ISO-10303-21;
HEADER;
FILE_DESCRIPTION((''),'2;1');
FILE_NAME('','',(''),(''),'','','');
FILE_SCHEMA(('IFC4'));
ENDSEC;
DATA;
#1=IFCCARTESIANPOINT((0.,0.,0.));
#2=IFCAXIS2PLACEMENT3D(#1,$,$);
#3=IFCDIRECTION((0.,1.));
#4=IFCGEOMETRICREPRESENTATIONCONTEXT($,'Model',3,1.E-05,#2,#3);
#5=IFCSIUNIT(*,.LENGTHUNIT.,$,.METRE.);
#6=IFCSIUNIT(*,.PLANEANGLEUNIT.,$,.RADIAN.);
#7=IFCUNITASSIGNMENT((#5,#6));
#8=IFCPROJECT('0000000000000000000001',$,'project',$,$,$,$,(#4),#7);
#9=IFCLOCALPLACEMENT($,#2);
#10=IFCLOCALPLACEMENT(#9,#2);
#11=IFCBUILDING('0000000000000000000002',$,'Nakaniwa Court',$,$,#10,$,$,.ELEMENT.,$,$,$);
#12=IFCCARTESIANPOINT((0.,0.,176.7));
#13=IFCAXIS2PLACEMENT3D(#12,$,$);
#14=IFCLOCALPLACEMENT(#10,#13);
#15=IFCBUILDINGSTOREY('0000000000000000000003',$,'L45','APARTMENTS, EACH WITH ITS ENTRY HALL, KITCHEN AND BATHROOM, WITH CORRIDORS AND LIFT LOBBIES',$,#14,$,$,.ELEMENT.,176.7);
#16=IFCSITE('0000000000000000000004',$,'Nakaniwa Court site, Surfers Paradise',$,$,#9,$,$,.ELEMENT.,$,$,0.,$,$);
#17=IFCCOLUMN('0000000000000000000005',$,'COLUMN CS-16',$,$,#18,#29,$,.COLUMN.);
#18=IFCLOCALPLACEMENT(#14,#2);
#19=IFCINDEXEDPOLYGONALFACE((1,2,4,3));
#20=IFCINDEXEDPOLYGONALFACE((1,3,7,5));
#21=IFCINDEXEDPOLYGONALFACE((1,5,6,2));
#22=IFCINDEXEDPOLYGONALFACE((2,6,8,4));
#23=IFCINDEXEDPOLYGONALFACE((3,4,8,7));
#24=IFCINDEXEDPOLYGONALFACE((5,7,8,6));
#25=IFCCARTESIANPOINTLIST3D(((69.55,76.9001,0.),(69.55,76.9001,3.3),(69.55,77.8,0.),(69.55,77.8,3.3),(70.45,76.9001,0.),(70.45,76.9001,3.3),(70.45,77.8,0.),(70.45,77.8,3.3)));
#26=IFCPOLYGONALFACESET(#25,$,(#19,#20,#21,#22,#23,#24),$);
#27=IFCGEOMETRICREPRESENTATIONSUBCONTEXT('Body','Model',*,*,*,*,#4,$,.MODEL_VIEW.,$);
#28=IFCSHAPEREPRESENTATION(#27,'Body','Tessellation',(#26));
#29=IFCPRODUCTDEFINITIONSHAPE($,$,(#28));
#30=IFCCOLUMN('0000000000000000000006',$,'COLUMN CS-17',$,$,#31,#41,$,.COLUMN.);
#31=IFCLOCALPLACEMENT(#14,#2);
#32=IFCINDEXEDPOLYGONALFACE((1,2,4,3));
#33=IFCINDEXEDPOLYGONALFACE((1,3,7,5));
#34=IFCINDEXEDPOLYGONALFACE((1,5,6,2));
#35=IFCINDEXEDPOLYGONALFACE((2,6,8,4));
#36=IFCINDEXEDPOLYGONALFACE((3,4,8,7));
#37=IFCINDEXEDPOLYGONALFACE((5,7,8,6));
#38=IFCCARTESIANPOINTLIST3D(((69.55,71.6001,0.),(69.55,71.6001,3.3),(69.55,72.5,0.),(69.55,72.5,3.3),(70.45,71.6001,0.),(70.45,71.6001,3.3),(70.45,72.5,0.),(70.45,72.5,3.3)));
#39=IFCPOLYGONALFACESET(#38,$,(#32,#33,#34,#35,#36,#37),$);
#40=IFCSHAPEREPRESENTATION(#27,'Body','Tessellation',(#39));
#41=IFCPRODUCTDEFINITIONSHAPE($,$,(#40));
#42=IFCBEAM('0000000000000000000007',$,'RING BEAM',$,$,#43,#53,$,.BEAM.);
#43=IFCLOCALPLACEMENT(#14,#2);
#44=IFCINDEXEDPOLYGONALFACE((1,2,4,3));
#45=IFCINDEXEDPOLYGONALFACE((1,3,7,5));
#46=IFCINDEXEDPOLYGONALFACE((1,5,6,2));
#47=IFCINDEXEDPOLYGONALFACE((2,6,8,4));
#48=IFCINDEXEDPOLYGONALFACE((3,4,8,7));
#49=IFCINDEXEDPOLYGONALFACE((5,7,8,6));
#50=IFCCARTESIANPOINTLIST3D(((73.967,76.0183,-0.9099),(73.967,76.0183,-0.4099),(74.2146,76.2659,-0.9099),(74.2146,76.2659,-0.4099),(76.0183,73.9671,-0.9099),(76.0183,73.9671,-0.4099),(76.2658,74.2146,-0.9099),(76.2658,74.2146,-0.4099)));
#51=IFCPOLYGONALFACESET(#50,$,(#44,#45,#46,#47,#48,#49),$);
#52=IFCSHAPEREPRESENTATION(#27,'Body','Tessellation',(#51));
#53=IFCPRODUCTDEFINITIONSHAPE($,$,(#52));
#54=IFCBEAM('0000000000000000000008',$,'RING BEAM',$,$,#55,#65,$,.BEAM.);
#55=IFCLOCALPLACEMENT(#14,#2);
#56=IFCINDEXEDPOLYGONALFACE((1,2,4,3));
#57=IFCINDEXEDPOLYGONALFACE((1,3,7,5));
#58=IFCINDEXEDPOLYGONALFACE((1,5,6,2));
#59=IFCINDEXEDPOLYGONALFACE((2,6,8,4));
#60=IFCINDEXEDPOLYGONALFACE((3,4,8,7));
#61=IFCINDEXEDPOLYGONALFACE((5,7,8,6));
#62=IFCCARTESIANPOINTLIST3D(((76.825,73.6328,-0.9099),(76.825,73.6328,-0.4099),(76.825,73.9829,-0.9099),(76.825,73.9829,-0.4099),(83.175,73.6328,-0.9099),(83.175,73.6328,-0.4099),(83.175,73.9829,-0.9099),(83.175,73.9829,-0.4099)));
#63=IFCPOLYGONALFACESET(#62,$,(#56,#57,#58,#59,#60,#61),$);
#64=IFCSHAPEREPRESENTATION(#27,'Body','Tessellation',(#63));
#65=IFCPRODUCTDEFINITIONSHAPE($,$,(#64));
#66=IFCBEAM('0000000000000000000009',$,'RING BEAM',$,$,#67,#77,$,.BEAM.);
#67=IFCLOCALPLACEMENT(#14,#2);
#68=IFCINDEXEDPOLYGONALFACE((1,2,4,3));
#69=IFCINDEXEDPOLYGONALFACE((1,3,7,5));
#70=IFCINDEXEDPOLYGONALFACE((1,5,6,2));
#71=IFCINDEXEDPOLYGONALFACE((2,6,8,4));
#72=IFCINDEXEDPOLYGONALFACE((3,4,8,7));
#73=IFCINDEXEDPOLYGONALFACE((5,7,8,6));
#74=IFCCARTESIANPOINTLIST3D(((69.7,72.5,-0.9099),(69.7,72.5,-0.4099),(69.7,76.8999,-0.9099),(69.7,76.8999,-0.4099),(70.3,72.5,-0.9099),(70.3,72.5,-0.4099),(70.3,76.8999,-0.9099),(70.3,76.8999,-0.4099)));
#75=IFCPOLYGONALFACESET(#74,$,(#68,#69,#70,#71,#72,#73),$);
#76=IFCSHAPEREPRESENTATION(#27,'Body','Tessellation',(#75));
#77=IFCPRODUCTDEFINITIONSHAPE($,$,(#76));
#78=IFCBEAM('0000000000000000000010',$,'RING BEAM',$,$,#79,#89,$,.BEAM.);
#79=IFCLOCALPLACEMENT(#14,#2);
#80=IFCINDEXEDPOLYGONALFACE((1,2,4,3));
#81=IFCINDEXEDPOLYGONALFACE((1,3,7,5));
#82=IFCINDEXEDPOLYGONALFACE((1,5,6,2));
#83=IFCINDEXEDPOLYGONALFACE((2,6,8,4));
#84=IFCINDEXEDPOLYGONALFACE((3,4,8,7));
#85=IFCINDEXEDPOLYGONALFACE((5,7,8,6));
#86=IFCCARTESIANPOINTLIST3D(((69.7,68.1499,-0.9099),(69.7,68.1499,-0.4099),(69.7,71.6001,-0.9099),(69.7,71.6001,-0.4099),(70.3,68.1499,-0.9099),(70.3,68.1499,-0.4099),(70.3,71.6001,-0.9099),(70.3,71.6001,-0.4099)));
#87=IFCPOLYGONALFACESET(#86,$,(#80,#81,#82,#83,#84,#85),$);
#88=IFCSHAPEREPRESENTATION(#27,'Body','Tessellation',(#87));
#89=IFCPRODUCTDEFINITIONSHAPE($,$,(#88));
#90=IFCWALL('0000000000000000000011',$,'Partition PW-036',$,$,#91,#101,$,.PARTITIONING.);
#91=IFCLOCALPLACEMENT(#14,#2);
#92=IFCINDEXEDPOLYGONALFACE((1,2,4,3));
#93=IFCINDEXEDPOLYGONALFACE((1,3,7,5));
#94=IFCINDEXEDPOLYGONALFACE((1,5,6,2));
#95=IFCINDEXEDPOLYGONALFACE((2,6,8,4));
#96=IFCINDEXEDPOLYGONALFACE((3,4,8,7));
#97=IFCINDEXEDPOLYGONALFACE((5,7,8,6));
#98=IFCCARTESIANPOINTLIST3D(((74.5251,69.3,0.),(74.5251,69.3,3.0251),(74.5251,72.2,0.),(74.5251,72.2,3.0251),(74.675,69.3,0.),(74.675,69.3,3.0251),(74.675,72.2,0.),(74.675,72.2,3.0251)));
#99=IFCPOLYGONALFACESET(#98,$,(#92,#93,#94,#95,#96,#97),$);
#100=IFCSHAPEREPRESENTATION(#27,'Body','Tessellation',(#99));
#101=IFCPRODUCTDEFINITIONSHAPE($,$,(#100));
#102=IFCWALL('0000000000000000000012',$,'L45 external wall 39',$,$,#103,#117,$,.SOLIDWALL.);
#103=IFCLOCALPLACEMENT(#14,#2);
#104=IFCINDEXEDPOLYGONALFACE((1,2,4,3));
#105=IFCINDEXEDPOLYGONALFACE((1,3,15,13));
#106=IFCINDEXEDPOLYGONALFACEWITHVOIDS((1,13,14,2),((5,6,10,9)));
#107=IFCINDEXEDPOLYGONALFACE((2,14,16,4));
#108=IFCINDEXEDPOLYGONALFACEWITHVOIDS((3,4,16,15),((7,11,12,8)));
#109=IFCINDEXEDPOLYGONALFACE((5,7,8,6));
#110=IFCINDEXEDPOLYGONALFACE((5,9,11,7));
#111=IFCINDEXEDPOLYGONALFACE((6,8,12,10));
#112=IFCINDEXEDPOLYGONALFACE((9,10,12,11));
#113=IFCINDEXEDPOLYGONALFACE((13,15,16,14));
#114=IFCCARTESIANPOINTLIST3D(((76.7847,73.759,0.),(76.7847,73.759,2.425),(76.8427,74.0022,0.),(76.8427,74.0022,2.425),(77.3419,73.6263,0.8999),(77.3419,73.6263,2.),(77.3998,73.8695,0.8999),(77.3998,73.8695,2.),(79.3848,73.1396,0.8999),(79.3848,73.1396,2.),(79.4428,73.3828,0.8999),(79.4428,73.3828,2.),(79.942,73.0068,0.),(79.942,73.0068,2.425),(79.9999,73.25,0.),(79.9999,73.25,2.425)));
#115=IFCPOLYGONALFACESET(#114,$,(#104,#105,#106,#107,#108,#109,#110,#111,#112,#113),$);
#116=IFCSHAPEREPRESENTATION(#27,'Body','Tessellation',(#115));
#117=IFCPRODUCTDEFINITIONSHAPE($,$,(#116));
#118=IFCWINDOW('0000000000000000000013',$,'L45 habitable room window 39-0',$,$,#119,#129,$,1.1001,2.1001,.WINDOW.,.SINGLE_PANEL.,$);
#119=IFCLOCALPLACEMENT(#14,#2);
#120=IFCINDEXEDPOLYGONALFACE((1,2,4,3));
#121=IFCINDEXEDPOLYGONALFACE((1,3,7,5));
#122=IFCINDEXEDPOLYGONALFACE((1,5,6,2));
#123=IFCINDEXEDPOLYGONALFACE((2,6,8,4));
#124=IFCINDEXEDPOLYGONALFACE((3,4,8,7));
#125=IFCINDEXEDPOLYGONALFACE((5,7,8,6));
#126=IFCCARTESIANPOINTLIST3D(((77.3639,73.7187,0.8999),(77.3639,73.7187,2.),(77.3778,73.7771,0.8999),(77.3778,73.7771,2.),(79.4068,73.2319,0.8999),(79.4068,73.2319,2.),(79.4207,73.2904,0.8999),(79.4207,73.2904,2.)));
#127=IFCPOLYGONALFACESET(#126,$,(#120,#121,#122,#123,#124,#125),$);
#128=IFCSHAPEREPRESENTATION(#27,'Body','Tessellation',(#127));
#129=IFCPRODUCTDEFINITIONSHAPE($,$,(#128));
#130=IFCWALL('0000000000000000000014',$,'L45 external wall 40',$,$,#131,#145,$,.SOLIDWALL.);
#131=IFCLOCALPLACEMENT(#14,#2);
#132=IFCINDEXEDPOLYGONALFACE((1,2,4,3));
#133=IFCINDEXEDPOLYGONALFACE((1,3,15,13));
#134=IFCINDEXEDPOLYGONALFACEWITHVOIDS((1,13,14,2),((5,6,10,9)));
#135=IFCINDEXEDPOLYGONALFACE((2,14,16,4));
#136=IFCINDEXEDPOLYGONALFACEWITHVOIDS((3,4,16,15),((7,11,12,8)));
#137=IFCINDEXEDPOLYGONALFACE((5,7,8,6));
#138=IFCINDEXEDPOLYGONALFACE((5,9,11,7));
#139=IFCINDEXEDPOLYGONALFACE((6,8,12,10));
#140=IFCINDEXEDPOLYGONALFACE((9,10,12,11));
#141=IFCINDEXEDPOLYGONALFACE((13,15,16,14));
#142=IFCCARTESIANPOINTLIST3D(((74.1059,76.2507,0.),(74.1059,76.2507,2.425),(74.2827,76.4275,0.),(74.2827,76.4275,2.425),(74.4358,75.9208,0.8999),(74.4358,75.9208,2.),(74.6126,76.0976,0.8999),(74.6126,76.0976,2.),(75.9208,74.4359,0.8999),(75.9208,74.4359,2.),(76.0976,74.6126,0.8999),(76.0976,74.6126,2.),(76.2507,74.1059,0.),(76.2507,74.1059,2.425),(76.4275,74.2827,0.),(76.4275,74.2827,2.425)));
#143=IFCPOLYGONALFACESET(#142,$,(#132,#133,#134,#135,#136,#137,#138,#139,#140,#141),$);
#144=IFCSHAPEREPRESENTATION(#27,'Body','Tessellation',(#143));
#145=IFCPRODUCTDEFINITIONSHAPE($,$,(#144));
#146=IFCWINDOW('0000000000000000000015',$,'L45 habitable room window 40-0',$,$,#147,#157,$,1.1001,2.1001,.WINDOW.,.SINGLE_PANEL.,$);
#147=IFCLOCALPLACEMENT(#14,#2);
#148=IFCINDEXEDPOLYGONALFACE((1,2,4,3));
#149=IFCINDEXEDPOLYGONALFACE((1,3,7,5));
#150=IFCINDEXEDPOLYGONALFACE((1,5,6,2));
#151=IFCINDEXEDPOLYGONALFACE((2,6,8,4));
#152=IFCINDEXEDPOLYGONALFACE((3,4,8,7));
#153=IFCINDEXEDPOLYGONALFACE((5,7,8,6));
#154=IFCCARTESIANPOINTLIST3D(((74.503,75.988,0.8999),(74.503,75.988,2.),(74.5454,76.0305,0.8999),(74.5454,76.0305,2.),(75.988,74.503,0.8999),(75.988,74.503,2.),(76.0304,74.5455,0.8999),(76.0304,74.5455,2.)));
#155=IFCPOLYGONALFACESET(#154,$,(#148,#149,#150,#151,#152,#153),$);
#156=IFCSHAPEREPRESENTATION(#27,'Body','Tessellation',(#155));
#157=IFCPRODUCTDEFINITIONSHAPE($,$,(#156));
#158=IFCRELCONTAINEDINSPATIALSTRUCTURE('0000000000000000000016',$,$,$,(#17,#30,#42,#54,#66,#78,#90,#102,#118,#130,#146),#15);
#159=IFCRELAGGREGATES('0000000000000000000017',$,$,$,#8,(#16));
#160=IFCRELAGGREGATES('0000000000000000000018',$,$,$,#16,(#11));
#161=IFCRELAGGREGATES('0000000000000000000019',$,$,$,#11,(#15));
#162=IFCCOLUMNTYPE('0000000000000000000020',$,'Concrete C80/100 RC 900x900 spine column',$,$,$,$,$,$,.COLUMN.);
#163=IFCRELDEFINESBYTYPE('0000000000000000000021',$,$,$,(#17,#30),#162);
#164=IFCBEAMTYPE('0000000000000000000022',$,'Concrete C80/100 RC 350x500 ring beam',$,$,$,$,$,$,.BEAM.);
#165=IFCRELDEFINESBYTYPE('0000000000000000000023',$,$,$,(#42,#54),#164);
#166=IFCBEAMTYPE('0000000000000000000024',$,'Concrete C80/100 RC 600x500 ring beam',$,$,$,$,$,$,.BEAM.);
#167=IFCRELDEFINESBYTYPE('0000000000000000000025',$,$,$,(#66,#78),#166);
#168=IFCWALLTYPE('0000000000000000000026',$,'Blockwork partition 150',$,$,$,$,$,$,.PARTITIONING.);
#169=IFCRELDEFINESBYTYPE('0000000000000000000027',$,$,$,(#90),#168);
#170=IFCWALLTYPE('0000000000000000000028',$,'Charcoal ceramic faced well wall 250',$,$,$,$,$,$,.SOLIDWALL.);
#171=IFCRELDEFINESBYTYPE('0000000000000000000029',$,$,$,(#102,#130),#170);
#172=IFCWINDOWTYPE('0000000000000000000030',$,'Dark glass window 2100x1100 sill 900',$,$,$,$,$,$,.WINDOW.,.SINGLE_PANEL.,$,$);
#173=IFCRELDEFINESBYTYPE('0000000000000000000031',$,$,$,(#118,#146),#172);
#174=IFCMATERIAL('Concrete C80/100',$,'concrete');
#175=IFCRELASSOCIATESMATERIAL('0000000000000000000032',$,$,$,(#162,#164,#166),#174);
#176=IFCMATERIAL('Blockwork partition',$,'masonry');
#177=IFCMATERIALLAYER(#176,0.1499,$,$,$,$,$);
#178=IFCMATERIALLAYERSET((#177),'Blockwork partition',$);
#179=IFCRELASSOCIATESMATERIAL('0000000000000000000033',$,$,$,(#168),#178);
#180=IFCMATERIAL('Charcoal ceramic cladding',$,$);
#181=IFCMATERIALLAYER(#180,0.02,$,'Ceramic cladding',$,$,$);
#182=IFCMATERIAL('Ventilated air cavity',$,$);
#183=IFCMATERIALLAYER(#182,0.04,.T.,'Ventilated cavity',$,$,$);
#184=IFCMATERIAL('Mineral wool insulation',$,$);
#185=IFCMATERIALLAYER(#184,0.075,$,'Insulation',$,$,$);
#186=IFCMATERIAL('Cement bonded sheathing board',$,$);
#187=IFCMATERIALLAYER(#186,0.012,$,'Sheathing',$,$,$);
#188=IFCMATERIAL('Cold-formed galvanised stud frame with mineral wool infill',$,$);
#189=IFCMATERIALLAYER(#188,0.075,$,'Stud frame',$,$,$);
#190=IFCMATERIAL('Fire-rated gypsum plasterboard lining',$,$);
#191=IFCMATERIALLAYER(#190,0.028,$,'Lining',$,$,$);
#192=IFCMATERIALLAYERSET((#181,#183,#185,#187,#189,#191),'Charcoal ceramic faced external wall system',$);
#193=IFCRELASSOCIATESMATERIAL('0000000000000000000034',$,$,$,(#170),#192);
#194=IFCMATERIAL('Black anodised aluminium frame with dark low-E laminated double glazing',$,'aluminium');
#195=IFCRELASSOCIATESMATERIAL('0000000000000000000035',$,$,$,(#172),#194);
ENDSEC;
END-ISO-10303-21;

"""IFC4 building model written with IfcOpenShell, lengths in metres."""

from ifc_helpers import new_model, si_unit, direction, frame, frame_2d, origin, origin_2d, place, context, subcontext, project, spatial, rectangle, extrude, material, layer, layer_set, material_profile, profile_set, type_object, element, fill, save


model = new_model("IFC4")

# Units and contexts
model_context = context("Model", 3, precision=1e-05, world=origin(), true_north=direction((0.0, 1.0)))
body_context = subcontext(model_context, "Body", "Model", "MODEL_VIEW")
ifc_project = project(units=[si_unit("LENGTHUNIT", "METRE"), si_unit("PLANEANGLEUNIT", "RADIAN")], contexts=[model_context])

# Site, building, storey
site_placement = place(None, origin())
site = spatial("IfcSite", under=ifc_project, at=site_placement, Name="Nakaniwa Court site, Surfers Paradise", CompositionType="ELEMENT", RefElevation=0.0)
building_placement = place(site_placement, origin())
building = spatial("IfcBuilding", under=site, at=building_placement, Name="Nakaniwa Court", CompositionType="ELEMENT")
storey_placement = place(building_placement, frame((0.0, 0.0, 176.7)))
storey = spatial("IfcBuildingStorey", under=building, at=storey_placement, Name="L45", Description="APARTMENTS, EACH WITH ITS ENTRY HALL, KITCHEN AND BATHROOM, WITH CORRIDORS AND LIFT LOBBIES", CompositionType="ELEMENT", Elevation=176.7)

# Columns
ifc_material_1 = material(Name="Concrete C80/100", Category="concrete")
ifc_material_profile_1 = material_profile(ifc_material_1, rectangle(XDim=0.8999, YDim=0.8999, at=origin_2d()), Name="Concrete C80/100 RC 900x900 spine column")
ifc_profile_set_1 = profile_set([ifc_material_profile_1], Name="Concrete C80/100")
column_type_1 = type_object("IfcColumnType", Name="Concrete C80/100 RC 900x900 spine column", PredefinedType="COLUMN", material=ifc_profile_set_1)
for number, where, z_axis, x_axis, name in (
    (1, (70.0, 77.3501, 0.0), (0.0, 0.0, 1.0), (0.0, -1.0, 0.0), "COLUMN CS-16"),
    (2, (70.0, 72.05, 0.0), (0.0, 0.0, 1.0), (0.0, -1.0, 0.0), "COLUMN CS-17"),
):
    element("IfcColumn", number, at=place(storey_placement, frame(where, z_axis=z_axis, x_axis=x_axis)), inside=storey, type_object=column_type_1, Name=name, PredefinedType="COLUMN", context=body_context, shape_type="SweptSolid", body=[
        extrude(rectangle(XDim=0.8999, YDim=0.8999, at=origin_2d()), origin(), (0.0, 0.0, 1.0), 3.3),
    ])

# Beams
ifc_material_profile_2 = material_profile(ifc_material_1, rectangle(XDim=0.3501, YDim=0.5, at=origin_2d()), Name="Concrete C80/100 RC 350x500 ring beam")
ifc_profile_set_2 = profile_set([ifc_material_profile_2], Name="Concrete C80/100")
beam_type_1 = type_object("IfcBeamType", Name="Concrete C80/100 RC 350x500 ring beam", PredefinedType="BEAM", material=ifc_profile_set_2)
beam_1_placement = place(storey_placement, frame((74.0908, 76.1421, -0.6599), z_axis=(0.707107, -0.707107, 0.0), x_axis=(0.707107, 0.707107, 0.0)))
element("IfcBeam", 3, at=beam_1_placement, inside=storey, type_object=beam_type_1, Name="RING BEAM", PredefinedType="BEAM", context=body_context, shape_type="SweptSolid", body=[
    extrude(rectangle(XDim=0.3501, YDim=0.5, at=origin_2d()), origin(), (0.0, 0.0, 1.0), 2.9009),
])
beam_2_placement = place(storey_placement, frame((76.825, 73.8079, -0.6599), z_axis=(1.0, 0.0, 0.0), x_axis=(0.0, 1.0, 0.0)))
element("IfcBeam", 4, at=beam_2_placement, inside=storey, type_object=beam_type_1, Name="RING BEAM", PredefinedType="BEAM", context=body_context, shape_type="SweptSolid", body=[
    extrude(rectangle(XDim=0.3501, YDim=0.5, at=origin_2d()), origin(), (0.0, 0.0, 1.0), 6.3501),
])
ifc_material_profile_3 = material_profile(ifc_material_1, rectangle(XDim=0.6001, YDim=0.5, at=origin_2d()), Name="Concrete C80/100 RC 600x500 ring beam")
ifc_profile_set_3 = profile_set([ifc_material_profile_3], Name="Concrete C80/100")
beam_type_2 = type_object("IfcBeamType", Name="Concrete C80/100 RC 600x500 ring beam", PredefinedType="BEAM", material=ifc_profile_set_3)
beam_3_placement = place(storey_placement, frame((70.0, 76.8999, -0.6599), z_axis=(0.0, -1.0, 0.0), x_axis=(1.0, 0.0, 0.0)))
element("IfcBeam", 5, at=beam_3_placement, inside=storey, type_object=beam_type_2, Name="RING BEAM", PredefinedType="BEAM", context=body_context, shape_type="SweptSolid", body=[
    extrude(rectangle(XDim=0.6001, YDim=0.5, at=origin_2d()), origin(), (0.0, 0.0, 1.0), 4.3999),
])
beam_4_placement = place(storey_placement, frame((70.0, 71.6001, -0.6599), z_axis=(0.0, -1.0, 0.0), x_axis=(1.0, 0.0, 0.0)))
element("IfcBeam", 6, at=beam_4_placement, inside=storey, type_object=beam_type_2, Name="RING BEAM", PredefinedType="BEAM", context=body_context, shape_type="SweptSolid", body=[
    extrude(rectangle(XDim=0.6001, YDim=0.5, at=origin_2d()), origin(), (0.0, 0.0, 1.0), 3.4502),
])

# Wall
ifc_material_2 = material(Name="Blockwork partition", Category="masonry")
ifc_layer_1 = layer(ifc_material_2, 0.1499)
ifc_layer_set_1 = layer_set([ifc_layer_1], Name="Blockwork partition")
wall_type_1 = type_object("IfcWallType", Name="Blockwork partition 150", PredefinedType="PARTITIONING", material=ifc_layer_set_1)
wall_1_placement = place(storey_placement, frame((74.6001, 69.3, 0.0), z_axis=(0.0, 0.0, 1.0), x_axis=(0.0, 1.0, 0.0)))
element("IfcWall", 7, at=wall_1_placement, inside=storey, type_object=wall_type_1, Name="Partition PW-036", PredefinedType="PARTITIONING", context=body_context, shape_type="SweptSolid", body=[
    extrude(rectangle(XDim=2.8999, YDim=0.1499, at=frame_2d((1.45, 0.0))), origin(), (0.0, 0.0, 1.0), 3.0251),
])

# Walls, openings, windows
ifc_material_3 = material(Name="Charcoal ceramic cladding")
ifc_layer_2 = layer(ifc_material_3, 0.02, Name="Ceramic cladding")
ifc_material_4 = material(Name="Ventilated air cavity")
ifc_layer_3 = layer(ifc_material_4, 0.04, ventilated=True, Name="Ventilated cavity")
ifc_material_5 = material(Name="Mineral wool insulation")
ifc_layer_4 = layer(ifc_material_5, 0.075, Name="Insulation")
ifc_material_6 = material(Name="Cement bonded sheathing board")
ifc_layer_5 = layer(ifc_material_6, 0.012, Name="Sheathing")
ifc_material_7 = material(Name="Cold-formed galvanised stud frame with mineral wool infill")
ifc_layer_6 = layer(ifc_material_7, 0.075, Name="Stud frame")
ifc_material_8 = material(Name="Fire-rated gypsum plasterboard lining")
ifc_layer_7 = layer(ifc_material_8, 0.028, Name="Lining")
ifc_layer_set_2 = layer_set([ifc_layer_2, ifc_layer_3, ifc_layer_4, ifc_layer_5, ifc_layer_6, ifc_layer_7], Name="Charcoal ceramic faced external wall system")
wall_type_2 = type_object("IfcWallType", Name="Charcoal ceramic faced well wall 250", PredefinedType="SOLIDWALL", material=ifc_layer_set_2)
wall_2_placement = place(storey_placement, frame((79.9709, 73.1284, 0.0), z_axis=(0.0, 0.0, 1.0), x_axis=(-0.972773, 0.23176, 0.0)))
wall_2 = element("IfcWall", 8, at=wall_2_placement, inside=storey, type_object=wall_type_2, Name="L45 external wall 39", PredefinedType="SOLIDWALL", context=body_context, shape_type="SweptSolid", body=[
    extrude(rectangle(XDim=3.2456, YDim=0.25, at=frame_2d((1.6228, 0.0))), origin(), (0.0, 0.0, 1.0), 2.425),
])
opening_1_placement = place(wall_2_placement, frame((0.5728, 0.0, 0.8999)))
opening_1 = element("IfcOpeningElement", 9, at=opening_1_placement, cuts=wall_2, PredefinedType="OPENING", context=body_context, shape_type="SweptSolid", body=[
    extrude(rectangle(XDim=2.1001, YDim=1.1001, at=frame_2d((1.05, 0.55))), frame((0.0, 0.135, 0.0), z_axis=(0.0, -1.0, 0.0), x_axis=(1.0, 0.0, 0.0)), (0.0, 0.0, 1.0), 0.27),
])
ifc_material_9 = material(Name="Black anodised aluminium frame with dark low-E laminated double glazing", Category="aluminium")
window_type = type_object("IfcWindowType", Name="Dark glass window 2100x1100 sill 900", PartitioningType="SINGLE_PANEL", PredefinedType="WINDOW", material=ifc_material_9)
window_1_placement = place(opening_1_placement, origin())
window_1 = element("IfcWindow", 10, at=window_1_placement, inside=storey, type_object=window_type, Name="L45 habitable room window 39-0", OverallHeight=1.1001, OverallWidth=2.1001, PartitioningType="SINGLE_PANEL", PredefinedType="WINDOW", context=body_context, shape_type="SweptSolid", body=[
    extrude(rectangle(XDim=2.1001, YDim=1.1001, at=frame_2d((1.05, 0.55))), frame((0.0, 0.03, 0.0), z_axis=(0.0, -1.0, 0.0), x_axis=(1.0, 0.0, 0.0)), (0.0, 0.0, 1.0), 0.0601),
])
fill(opening_1, window_1)
wall_3_placement = place(storey_placement, frame((76.3391, 74.1943, 0.0), z_axis=(0.0, 0.0, 1.0), x_axis=(-0.707107, 0.707107, 0.0)))
wall_3 = element("IfcWall", 11, at=wall_3_placement, inside=storey, type_object=wall_type_2, Name="L45 external wall 40", PredefinedType="SOLIDWALL", context=body_context, shape_type="SweptSolid", body=[
    extrude(rectangle(XDim=3.0332, YDim=0.25, at=frame_2d((1.5166, 0.0))), origin(), (0.0, 0.0, 1.0), 2.425),
])
opening_2_placement = place(wall_3_placement, frame((0.4666, 0.0, 0.8999)))
opening_2 = element("IfcOpeningElement", 12, at=opening_2_placement, cuts=wall_3, PredefinedType="OPENING", context=body_context, shape_type="SweptSolid", body=[
    extrude(rectangle(XDim=2.1001, YDim=1.1001, at=frame_2d((1.05, 0.55))), frame((0.0, 0.135, 0.0), z_axis=(0.0, -1.0, 0.0), x_axis=(1.0, 0.0, 0.0)), (0.0, 0.0, 1.0), 0.27),
])
window_2_placement = place(opening_2_placement, origin())
window_2 = element("IfcWindow", 13, at=window_2_placement, inside=storey, type_object=window_type, Name="L45 habitable room window 40-0", OverallHeight=1.1001, OverallWidth=2.1001, PartitioningType="SINGLE_PANEL", PredefinedType="WINDOW", context=body_context, shape_type="SweptSolid", body=[
    extrude(rectangle(XDim=2.1001, YDim=1.1001, at=frame_2d((1.05, 0.55))), frame((0.0, 0.03, 0.0), z_axis=(0.0, -1.0, 0.0), x_axis=(1.0, 0.0, 0.0)), (0.0, 0.0, 1.0), 0.0601),
])
fill(opening_2, window_2)

save(model, "model.ifc")
